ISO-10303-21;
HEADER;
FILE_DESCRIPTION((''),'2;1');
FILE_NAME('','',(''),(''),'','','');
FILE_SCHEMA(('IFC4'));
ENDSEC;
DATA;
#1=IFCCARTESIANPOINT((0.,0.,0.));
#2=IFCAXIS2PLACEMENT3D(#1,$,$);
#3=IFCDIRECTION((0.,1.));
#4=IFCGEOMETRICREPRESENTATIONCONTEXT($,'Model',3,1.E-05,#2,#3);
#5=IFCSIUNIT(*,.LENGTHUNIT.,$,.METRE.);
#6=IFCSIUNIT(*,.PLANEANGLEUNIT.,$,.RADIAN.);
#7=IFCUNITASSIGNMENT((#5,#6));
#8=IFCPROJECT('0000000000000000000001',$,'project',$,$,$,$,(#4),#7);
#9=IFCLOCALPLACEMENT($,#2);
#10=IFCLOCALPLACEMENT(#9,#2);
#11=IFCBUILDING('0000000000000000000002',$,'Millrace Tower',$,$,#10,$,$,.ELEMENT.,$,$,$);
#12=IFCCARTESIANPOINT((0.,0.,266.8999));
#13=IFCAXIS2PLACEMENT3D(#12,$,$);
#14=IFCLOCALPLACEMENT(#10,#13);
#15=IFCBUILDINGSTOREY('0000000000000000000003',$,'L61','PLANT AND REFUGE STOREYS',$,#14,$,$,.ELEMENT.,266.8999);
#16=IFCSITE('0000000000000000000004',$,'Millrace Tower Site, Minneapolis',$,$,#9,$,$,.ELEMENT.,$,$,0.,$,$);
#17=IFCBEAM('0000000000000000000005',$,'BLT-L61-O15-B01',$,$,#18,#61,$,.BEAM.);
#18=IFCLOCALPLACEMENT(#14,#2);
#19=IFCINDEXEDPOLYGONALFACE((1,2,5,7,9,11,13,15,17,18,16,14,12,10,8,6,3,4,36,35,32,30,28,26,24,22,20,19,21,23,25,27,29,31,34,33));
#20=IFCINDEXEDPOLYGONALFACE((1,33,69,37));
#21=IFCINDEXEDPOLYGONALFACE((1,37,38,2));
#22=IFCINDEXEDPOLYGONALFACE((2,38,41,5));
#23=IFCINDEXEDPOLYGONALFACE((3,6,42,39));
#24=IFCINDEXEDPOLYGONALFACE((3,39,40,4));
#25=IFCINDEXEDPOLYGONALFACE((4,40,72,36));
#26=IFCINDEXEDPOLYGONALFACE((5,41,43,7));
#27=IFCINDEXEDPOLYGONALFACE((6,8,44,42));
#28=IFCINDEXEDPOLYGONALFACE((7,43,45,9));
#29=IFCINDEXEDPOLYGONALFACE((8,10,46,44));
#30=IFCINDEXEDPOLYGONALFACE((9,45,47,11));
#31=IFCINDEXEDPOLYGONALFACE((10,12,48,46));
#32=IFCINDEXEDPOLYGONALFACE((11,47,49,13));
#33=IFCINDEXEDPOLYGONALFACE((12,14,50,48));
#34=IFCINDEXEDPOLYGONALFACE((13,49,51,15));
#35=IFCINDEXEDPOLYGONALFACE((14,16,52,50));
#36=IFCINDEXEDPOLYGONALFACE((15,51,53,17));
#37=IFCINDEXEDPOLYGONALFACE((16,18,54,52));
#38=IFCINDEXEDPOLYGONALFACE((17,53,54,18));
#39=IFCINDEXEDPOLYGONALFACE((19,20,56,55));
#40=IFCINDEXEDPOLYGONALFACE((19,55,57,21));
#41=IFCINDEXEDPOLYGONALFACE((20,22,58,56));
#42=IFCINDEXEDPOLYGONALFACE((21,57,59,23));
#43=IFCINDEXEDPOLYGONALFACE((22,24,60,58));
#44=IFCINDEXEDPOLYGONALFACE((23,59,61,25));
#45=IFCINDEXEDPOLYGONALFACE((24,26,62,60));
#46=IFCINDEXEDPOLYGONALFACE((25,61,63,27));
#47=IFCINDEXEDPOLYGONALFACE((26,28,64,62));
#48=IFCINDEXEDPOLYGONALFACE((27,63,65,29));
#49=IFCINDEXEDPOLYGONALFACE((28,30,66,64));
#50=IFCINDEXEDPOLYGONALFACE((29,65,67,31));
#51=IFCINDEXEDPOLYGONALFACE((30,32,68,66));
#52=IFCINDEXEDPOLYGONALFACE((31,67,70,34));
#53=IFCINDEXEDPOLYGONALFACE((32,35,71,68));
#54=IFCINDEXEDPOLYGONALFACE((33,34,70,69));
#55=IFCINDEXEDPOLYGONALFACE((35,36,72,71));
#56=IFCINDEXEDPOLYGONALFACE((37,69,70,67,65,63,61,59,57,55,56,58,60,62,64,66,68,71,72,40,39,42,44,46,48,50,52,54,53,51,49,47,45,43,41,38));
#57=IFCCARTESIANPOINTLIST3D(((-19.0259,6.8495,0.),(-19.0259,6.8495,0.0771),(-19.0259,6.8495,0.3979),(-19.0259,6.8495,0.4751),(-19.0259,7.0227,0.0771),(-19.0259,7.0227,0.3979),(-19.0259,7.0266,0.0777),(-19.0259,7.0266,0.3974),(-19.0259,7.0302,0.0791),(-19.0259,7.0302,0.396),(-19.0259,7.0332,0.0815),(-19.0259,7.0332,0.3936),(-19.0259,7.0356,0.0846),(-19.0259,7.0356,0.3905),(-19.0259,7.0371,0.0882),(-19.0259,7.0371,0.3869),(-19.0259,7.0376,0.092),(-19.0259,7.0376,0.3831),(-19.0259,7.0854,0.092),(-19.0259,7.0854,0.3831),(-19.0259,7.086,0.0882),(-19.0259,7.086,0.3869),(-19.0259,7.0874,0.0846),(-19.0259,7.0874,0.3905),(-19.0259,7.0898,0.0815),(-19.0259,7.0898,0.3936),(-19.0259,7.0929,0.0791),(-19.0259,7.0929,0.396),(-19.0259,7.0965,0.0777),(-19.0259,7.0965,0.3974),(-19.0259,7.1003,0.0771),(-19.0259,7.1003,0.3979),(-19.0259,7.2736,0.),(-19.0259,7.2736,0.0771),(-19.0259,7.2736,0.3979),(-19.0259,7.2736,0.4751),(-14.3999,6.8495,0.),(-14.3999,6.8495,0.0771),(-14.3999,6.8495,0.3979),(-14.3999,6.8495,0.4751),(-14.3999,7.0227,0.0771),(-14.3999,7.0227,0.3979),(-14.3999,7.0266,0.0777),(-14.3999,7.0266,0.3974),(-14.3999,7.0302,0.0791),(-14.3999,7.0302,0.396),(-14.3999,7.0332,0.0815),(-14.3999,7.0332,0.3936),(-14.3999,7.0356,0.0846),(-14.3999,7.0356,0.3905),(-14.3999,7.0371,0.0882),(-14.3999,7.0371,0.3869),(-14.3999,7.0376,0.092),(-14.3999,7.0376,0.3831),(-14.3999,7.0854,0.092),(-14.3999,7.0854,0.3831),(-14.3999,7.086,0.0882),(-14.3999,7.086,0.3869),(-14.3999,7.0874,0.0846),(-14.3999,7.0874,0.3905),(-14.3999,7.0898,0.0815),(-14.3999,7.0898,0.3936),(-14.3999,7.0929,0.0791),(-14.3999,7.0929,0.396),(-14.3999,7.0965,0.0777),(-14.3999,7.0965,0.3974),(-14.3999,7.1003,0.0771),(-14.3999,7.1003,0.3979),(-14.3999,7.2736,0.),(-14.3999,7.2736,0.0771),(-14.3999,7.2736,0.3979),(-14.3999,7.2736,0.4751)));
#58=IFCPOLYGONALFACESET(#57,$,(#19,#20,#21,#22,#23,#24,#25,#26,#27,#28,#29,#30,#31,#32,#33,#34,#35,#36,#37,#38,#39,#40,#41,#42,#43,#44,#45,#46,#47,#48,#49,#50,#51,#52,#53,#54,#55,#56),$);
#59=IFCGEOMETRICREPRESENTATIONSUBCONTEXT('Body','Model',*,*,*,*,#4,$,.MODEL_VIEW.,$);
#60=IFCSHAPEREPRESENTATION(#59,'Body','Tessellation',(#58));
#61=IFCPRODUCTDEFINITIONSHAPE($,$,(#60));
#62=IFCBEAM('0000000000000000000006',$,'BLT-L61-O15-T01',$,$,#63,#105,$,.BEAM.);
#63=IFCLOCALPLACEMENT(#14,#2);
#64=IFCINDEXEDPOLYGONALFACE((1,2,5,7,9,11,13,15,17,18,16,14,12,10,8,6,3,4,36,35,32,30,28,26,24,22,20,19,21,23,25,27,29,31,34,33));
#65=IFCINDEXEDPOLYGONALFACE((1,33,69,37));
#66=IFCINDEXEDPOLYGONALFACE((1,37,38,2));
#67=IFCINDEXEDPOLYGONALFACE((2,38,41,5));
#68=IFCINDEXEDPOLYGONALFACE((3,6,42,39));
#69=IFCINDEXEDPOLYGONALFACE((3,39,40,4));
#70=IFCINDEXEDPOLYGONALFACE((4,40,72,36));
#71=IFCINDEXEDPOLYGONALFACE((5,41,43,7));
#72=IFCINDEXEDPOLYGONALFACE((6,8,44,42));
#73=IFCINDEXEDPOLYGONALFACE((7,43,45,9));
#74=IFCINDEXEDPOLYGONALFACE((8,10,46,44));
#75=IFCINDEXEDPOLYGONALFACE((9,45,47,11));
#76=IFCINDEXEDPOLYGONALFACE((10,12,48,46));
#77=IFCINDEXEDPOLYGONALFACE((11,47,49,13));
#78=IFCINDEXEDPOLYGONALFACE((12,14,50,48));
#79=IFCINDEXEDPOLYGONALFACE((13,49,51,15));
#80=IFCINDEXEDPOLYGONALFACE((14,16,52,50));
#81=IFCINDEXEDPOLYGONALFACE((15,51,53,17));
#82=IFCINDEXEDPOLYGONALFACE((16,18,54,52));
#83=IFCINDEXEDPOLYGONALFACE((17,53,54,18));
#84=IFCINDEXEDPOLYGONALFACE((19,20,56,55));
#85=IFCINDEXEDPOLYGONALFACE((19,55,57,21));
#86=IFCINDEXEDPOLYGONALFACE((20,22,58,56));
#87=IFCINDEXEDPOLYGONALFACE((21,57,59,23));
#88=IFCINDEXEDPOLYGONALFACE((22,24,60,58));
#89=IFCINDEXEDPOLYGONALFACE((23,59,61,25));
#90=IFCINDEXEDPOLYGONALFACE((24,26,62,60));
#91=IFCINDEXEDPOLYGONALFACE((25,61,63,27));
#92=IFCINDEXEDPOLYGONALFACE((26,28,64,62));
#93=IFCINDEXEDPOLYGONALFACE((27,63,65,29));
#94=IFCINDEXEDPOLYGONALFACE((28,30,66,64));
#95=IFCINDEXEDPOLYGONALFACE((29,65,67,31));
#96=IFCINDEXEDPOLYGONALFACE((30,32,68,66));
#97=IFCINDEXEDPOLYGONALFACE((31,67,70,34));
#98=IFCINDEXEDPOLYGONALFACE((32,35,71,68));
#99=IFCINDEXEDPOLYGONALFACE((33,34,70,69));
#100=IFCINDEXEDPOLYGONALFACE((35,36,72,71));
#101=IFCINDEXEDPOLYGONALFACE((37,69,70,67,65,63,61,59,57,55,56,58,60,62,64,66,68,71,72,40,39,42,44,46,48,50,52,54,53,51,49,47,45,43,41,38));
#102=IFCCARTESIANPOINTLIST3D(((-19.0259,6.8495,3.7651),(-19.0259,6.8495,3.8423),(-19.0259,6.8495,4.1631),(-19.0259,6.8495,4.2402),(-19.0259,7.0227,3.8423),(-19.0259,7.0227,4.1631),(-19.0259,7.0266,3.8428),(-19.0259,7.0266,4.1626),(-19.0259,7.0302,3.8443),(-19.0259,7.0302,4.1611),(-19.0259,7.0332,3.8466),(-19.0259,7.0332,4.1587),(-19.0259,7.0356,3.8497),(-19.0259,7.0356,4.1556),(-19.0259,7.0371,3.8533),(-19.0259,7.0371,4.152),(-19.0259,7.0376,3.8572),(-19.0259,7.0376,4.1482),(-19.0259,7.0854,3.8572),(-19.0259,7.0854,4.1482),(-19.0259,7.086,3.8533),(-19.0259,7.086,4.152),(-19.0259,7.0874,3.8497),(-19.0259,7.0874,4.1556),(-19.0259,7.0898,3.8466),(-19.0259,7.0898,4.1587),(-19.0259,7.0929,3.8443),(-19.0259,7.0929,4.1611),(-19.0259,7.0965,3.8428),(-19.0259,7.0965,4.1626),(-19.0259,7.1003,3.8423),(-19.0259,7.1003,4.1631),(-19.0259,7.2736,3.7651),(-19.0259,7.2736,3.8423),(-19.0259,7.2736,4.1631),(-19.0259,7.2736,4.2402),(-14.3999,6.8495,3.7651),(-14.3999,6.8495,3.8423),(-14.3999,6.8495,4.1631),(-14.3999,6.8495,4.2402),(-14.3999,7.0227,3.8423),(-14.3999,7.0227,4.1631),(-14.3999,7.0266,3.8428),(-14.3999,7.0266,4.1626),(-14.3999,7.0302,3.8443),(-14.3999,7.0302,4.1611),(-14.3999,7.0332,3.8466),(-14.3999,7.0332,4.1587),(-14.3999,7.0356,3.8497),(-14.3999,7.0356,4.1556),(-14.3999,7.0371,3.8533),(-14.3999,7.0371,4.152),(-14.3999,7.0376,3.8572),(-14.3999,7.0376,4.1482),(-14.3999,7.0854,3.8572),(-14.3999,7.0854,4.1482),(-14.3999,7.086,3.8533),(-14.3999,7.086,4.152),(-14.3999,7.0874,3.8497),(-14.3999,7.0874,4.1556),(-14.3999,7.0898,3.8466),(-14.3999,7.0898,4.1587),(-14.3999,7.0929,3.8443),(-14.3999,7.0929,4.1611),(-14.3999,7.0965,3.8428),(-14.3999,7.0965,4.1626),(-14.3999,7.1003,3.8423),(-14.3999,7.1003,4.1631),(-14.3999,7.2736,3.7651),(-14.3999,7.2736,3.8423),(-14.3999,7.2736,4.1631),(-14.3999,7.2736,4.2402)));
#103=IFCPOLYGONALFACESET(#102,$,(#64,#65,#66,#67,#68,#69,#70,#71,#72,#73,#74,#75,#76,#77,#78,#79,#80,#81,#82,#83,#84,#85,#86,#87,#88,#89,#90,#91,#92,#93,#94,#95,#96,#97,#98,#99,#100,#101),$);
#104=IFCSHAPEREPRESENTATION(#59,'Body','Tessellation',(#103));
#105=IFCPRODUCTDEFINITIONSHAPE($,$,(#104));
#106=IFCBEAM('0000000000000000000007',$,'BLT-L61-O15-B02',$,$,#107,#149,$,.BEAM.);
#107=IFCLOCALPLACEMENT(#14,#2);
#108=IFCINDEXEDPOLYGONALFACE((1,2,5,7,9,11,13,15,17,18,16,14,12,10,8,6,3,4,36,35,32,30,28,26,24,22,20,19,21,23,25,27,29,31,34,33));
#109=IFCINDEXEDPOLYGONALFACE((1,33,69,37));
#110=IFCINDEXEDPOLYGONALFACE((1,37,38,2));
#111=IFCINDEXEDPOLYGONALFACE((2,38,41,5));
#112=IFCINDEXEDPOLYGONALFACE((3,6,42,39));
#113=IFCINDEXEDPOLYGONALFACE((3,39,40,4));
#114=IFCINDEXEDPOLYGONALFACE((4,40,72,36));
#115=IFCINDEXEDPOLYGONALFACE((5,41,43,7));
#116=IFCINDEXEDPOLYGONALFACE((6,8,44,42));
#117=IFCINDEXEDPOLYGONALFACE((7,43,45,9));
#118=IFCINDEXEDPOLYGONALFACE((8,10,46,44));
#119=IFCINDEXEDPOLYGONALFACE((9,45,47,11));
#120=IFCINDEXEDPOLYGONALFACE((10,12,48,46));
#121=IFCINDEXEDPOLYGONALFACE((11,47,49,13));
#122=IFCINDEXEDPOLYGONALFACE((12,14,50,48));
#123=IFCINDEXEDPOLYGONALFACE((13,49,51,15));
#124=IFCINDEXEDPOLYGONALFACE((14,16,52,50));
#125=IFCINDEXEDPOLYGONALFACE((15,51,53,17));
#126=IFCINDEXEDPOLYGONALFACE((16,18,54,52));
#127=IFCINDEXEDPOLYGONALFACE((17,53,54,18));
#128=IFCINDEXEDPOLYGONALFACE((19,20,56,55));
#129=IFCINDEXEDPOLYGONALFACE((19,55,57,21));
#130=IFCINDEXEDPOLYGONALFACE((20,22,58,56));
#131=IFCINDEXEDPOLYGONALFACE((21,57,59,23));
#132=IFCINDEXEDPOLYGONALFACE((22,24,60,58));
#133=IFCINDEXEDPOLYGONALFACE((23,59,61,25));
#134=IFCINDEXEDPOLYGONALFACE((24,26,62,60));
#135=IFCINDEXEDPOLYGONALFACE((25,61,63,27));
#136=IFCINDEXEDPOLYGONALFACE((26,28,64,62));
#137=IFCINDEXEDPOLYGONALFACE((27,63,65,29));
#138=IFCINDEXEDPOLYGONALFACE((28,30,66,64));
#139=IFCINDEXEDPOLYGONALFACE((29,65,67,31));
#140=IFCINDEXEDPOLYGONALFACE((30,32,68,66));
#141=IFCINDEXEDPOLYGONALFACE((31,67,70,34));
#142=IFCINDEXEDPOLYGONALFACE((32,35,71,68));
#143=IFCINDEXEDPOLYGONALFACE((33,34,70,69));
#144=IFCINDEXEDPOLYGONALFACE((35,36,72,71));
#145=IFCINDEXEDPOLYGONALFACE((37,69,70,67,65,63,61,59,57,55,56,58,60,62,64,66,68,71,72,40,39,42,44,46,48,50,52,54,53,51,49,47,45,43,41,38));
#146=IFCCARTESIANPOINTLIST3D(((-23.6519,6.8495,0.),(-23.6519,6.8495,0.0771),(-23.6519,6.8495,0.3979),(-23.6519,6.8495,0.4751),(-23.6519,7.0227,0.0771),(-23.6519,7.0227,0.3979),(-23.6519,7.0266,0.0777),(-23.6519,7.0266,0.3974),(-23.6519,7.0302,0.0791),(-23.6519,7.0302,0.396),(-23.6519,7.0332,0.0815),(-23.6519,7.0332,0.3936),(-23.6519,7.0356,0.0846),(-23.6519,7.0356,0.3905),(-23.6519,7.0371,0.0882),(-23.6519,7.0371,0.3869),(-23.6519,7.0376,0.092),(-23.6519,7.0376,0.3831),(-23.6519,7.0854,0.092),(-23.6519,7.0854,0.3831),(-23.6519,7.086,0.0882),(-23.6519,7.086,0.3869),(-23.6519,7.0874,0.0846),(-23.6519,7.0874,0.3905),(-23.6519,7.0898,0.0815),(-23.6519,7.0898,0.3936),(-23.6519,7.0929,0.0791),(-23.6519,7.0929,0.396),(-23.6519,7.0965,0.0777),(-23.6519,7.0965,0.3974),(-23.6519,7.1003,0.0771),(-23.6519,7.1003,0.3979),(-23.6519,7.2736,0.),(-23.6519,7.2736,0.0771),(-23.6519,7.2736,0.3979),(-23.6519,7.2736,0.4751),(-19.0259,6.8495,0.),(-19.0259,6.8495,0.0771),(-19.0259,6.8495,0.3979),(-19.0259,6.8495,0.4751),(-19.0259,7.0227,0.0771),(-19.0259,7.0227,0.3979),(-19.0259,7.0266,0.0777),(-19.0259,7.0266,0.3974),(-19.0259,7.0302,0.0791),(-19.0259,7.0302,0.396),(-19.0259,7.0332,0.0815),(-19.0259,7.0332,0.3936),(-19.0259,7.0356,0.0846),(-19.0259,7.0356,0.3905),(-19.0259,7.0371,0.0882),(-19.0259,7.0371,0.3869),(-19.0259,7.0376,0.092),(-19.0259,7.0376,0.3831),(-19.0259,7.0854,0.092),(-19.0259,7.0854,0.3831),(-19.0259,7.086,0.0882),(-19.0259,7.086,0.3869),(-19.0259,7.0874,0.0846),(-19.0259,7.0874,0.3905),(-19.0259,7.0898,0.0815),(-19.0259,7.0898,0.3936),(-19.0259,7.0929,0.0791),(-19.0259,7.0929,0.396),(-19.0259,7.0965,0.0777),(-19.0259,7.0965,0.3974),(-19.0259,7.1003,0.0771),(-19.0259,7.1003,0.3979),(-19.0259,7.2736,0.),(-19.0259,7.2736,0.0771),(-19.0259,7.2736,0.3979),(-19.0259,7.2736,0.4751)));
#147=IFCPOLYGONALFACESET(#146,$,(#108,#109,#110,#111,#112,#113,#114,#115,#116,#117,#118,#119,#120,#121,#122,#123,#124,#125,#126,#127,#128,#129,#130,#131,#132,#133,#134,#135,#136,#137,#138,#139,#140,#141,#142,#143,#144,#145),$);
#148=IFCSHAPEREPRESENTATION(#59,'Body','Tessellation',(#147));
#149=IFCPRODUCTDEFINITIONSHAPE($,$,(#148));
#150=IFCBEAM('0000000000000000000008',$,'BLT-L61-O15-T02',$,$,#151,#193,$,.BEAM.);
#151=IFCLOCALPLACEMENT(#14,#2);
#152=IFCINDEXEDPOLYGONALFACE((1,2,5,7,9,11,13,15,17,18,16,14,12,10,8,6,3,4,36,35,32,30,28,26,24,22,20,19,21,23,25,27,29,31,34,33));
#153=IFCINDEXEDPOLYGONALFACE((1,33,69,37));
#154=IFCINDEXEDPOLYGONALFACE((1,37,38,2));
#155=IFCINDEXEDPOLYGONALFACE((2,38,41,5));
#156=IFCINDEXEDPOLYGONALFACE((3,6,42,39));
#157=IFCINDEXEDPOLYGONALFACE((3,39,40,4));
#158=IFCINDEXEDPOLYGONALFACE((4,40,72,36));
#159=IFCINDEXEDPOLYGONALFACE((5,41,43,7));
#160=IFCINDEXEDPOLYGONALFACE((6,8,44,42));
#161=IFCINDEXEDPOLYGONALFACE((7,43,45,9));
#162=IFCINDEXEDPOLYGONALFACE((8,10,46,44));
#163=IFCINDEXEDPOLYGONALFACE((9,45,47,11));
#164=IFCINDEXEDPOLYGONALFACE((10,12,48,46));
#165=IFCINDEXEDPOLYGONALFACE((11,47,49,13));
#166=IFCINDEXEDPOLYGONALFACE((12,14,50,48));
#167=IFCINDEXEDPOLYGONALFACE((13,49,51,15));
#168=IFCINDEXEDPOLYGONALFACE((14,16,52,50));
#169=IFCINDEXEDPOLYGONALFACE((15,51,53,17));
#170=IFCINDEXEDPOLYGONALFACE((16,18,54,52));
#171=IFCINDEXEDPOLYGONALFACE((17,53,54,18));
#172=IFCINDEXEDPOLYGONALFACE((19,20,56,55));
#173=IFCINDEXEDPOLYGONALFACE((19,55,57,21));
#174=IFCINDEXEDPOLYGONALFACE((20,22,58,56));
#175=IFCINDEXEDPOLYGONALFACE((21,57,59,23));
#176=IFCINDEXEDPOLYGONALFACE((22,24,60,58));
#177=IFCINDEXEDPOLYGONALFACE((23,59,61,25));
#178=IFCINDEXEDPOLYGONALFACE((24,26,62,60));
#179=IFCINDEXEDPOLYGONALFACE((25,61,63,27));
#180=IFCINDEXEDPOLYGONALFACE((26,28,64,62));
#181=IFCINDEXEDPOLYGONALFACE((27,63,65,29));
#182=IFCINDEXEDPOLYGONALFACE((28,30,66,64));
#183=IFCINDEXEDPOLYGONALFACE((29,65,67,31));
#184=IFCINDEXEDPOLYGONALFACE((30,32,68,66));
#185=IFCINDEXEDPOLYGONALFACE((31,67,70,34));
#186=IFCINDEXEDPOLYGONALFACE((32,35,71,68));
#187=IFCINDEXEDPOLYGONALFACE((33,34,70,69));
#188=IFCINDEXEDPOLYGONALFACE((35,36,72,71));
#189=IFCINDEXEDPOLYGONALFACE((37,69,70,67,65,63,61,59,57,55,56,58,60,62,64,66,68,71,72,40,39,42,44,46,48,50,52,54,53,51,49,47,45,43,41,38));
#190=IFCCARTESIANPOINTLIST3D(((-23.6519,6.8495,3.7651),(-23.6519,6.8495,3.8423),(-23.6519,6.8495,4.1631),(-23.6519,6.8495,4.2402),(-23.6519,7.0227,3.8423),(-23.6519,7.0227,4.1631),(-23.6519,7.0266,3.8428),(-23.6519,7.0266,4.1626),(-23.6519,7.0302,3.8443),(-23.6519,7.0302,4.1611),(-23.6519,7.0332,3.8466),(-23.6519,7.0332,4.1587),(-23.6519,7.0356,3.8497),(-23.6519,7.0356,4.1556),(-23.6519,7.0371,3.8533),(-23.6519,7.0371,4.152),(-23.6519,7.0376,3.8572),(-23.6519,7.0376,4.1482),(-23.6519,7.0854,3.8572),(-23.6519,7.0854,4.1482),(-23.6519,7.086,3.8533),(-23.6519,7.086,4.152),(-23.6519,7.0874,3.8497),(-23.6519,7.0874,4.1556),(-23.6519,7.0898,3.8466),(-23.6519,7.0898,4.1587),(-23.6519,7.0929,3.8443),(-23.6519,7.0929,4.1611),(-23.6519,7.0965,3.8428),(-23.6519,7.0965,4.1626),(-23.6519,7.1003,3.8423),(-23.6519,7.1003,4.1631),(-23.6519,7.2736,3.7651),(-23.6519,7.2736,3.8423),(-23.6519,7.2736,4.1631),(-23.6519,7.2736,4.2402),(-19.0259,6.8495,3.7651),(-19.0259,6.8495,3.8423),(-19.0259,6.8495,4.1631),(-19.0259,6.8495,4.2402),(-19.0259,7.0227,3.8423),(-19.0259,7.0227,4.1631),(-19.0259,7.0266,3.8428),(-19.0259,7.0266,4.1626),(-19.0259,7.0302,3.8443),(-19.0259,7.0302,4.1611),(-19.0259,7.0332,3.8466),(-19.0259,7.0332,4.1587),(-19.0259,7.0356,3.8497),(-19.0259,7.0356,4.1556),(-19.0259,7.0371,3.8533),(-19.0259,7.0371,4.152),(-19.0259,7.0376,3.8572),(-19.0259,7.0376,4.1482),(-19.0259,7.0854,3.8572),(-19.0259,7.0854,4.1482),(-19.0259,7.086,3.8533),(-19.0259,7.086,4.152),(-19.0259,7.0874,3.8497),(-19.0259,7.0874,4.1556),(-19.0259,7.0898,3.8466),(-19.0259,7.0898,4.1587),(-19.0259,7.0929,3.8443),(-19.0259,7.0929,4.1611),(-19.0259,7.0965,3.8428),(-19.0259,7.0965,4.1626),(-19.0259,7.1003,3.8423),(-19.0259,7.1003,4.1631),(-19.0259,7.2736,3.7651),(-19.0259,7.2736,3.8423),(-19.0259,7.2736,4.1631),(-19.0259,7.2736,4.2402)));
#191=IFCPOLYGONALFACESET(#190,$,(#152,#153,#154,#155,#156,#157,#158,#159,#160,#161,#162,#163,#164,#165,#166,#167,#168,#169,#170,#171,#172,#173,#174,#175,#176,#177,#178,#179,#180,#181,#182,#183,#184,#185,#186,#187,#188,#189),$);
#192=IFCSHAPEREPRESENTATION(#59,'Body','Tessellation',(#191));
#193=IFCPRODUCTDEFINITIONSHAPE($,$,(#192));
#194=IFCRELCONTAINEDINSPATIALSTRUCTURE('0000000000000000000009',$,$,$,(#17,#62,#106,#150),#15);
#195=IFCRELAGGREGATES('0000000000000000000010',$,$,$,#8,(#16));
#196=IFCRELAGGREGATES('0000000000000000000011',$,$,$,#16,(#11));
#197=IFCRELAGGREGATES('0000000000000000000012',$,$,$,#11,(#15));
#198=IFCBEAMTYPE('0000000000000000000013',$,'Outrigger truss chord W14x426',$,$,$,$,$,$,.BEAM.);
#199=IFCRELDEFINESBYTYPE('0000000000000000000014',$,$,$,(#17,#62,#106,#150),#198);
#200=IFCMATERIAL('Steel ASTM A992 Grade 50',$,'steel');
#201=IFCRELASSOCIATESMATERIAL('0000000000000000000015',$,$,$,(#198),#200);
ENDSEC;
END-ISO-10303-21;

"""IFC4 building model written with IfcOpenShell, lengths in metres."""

from ifc_helpers import new_model, si_unit, direction, frame, origin, origin_2d, place, context, subcontext, project, spatial, i_section, extrude, material, material_profile, profile_set, type_object, element, save


model = new_model("IFC4")

# Units and contexts
model_context = context("Model", 3, precision=1e-05, world=origin(), true_north=direction((0.0, 1.0)))
body_context = subcontext(model_context, "Body", "Model", "MODEL_VIEW")
ifc_project = project(units=[si_unit("LENGTHUNIT", "METRE"), si_unit("PLANEANGLEUNIT", "RADIAN")], contexts=[model_context])

# Site, building, storey
site_placement = place(None, origin())
site = spatial("IfcSite", under=ifc_project, at=site_placement, Name="Millrace Tower Site, Minneapolis", CompositionType="ELEMENT", RefElevation=0.0)
building_placement = place(site_placement, origin())
building = spatial("IfcBuilding", under=site, at=building_placement, Name="Millrace Tower", CompositionType="ELEMENT")
storey_placement = place(building_placement, frame((0.0, 0.0, 266.8999)))
storey = spatial("IfcBuildingStorey", under=building, at=storey_placement, Name="L61", Description="PLANT AND REFUGE STOREYS", CompositionType="ELEMENT", Elevation=266.8999)

# Beams
ifc_material_1 = material(Name="Steel ASTM A992 Grade 50", Category="steel")
ifc_material_profile_1 = material_profile(ifc_material_1, i_section(OverallWidth=0.4241, OverallDepth=0.4751, WebThickness=0.0479, FlangeThickness=0.0771, FilletRadius=0.0149, at=origin_2d()))
ifc_profile_set_1 = profile_set([ifc_material_profile_1], Name="Steel ASTM A992 Grade 50")
beam_type_1 = type_object("IfcBeamType", Name="Outrigger truss chord W14x426", PredefinedType="BEAM", material=ifc_profile_set_1)
for number, where, z_axis, x_axis, name in (
    (1, (-14.3999, 7.0615, 0.2375), (-1.0, 0.0, 0.0), (0.0, -1.0, 0.0), "BLT-L61-O15-B01"),
    (2, (-14.3999, 7.0615, 4.0027), (-1.0, 0.0, 0.0), (0.0, -1.0, 0.0), "BLT-L61-O15-T01"),
    (3, (-19.0259, 7.0615, 0.2375), (-1.0, 0.0, 0.0), (0.0, -1.0, 0.0), "BLT-L61-O15-B02"),
    (4, (-19.0259, 7.0615, 4.0027), (-1.0, 0.0, 0.0), (0.0, -1.0, 0.0), "BLT-L61-O15-T02"),
):
    element("IfcBeam", number, at=place(storey_placement, frame(where, z_axis=z_axis, x_axis=x_axis)), inside=storey, type_object=beam_type_1, Name=name, PredefinedType="BEAM", context=body_context, shape_type="SweptSolid", body=[
        extrude(i_section(OverallWidth=0.4241, OverallDepth=0.4751, WebThickness=0.0479, FlangeThickness=0.0771, FilletRadius=0.0149, at=origin_2d()), origin(), (0.0, 0.0, 1.0), 4.626),
    ])

save(model, "model.ifc")
